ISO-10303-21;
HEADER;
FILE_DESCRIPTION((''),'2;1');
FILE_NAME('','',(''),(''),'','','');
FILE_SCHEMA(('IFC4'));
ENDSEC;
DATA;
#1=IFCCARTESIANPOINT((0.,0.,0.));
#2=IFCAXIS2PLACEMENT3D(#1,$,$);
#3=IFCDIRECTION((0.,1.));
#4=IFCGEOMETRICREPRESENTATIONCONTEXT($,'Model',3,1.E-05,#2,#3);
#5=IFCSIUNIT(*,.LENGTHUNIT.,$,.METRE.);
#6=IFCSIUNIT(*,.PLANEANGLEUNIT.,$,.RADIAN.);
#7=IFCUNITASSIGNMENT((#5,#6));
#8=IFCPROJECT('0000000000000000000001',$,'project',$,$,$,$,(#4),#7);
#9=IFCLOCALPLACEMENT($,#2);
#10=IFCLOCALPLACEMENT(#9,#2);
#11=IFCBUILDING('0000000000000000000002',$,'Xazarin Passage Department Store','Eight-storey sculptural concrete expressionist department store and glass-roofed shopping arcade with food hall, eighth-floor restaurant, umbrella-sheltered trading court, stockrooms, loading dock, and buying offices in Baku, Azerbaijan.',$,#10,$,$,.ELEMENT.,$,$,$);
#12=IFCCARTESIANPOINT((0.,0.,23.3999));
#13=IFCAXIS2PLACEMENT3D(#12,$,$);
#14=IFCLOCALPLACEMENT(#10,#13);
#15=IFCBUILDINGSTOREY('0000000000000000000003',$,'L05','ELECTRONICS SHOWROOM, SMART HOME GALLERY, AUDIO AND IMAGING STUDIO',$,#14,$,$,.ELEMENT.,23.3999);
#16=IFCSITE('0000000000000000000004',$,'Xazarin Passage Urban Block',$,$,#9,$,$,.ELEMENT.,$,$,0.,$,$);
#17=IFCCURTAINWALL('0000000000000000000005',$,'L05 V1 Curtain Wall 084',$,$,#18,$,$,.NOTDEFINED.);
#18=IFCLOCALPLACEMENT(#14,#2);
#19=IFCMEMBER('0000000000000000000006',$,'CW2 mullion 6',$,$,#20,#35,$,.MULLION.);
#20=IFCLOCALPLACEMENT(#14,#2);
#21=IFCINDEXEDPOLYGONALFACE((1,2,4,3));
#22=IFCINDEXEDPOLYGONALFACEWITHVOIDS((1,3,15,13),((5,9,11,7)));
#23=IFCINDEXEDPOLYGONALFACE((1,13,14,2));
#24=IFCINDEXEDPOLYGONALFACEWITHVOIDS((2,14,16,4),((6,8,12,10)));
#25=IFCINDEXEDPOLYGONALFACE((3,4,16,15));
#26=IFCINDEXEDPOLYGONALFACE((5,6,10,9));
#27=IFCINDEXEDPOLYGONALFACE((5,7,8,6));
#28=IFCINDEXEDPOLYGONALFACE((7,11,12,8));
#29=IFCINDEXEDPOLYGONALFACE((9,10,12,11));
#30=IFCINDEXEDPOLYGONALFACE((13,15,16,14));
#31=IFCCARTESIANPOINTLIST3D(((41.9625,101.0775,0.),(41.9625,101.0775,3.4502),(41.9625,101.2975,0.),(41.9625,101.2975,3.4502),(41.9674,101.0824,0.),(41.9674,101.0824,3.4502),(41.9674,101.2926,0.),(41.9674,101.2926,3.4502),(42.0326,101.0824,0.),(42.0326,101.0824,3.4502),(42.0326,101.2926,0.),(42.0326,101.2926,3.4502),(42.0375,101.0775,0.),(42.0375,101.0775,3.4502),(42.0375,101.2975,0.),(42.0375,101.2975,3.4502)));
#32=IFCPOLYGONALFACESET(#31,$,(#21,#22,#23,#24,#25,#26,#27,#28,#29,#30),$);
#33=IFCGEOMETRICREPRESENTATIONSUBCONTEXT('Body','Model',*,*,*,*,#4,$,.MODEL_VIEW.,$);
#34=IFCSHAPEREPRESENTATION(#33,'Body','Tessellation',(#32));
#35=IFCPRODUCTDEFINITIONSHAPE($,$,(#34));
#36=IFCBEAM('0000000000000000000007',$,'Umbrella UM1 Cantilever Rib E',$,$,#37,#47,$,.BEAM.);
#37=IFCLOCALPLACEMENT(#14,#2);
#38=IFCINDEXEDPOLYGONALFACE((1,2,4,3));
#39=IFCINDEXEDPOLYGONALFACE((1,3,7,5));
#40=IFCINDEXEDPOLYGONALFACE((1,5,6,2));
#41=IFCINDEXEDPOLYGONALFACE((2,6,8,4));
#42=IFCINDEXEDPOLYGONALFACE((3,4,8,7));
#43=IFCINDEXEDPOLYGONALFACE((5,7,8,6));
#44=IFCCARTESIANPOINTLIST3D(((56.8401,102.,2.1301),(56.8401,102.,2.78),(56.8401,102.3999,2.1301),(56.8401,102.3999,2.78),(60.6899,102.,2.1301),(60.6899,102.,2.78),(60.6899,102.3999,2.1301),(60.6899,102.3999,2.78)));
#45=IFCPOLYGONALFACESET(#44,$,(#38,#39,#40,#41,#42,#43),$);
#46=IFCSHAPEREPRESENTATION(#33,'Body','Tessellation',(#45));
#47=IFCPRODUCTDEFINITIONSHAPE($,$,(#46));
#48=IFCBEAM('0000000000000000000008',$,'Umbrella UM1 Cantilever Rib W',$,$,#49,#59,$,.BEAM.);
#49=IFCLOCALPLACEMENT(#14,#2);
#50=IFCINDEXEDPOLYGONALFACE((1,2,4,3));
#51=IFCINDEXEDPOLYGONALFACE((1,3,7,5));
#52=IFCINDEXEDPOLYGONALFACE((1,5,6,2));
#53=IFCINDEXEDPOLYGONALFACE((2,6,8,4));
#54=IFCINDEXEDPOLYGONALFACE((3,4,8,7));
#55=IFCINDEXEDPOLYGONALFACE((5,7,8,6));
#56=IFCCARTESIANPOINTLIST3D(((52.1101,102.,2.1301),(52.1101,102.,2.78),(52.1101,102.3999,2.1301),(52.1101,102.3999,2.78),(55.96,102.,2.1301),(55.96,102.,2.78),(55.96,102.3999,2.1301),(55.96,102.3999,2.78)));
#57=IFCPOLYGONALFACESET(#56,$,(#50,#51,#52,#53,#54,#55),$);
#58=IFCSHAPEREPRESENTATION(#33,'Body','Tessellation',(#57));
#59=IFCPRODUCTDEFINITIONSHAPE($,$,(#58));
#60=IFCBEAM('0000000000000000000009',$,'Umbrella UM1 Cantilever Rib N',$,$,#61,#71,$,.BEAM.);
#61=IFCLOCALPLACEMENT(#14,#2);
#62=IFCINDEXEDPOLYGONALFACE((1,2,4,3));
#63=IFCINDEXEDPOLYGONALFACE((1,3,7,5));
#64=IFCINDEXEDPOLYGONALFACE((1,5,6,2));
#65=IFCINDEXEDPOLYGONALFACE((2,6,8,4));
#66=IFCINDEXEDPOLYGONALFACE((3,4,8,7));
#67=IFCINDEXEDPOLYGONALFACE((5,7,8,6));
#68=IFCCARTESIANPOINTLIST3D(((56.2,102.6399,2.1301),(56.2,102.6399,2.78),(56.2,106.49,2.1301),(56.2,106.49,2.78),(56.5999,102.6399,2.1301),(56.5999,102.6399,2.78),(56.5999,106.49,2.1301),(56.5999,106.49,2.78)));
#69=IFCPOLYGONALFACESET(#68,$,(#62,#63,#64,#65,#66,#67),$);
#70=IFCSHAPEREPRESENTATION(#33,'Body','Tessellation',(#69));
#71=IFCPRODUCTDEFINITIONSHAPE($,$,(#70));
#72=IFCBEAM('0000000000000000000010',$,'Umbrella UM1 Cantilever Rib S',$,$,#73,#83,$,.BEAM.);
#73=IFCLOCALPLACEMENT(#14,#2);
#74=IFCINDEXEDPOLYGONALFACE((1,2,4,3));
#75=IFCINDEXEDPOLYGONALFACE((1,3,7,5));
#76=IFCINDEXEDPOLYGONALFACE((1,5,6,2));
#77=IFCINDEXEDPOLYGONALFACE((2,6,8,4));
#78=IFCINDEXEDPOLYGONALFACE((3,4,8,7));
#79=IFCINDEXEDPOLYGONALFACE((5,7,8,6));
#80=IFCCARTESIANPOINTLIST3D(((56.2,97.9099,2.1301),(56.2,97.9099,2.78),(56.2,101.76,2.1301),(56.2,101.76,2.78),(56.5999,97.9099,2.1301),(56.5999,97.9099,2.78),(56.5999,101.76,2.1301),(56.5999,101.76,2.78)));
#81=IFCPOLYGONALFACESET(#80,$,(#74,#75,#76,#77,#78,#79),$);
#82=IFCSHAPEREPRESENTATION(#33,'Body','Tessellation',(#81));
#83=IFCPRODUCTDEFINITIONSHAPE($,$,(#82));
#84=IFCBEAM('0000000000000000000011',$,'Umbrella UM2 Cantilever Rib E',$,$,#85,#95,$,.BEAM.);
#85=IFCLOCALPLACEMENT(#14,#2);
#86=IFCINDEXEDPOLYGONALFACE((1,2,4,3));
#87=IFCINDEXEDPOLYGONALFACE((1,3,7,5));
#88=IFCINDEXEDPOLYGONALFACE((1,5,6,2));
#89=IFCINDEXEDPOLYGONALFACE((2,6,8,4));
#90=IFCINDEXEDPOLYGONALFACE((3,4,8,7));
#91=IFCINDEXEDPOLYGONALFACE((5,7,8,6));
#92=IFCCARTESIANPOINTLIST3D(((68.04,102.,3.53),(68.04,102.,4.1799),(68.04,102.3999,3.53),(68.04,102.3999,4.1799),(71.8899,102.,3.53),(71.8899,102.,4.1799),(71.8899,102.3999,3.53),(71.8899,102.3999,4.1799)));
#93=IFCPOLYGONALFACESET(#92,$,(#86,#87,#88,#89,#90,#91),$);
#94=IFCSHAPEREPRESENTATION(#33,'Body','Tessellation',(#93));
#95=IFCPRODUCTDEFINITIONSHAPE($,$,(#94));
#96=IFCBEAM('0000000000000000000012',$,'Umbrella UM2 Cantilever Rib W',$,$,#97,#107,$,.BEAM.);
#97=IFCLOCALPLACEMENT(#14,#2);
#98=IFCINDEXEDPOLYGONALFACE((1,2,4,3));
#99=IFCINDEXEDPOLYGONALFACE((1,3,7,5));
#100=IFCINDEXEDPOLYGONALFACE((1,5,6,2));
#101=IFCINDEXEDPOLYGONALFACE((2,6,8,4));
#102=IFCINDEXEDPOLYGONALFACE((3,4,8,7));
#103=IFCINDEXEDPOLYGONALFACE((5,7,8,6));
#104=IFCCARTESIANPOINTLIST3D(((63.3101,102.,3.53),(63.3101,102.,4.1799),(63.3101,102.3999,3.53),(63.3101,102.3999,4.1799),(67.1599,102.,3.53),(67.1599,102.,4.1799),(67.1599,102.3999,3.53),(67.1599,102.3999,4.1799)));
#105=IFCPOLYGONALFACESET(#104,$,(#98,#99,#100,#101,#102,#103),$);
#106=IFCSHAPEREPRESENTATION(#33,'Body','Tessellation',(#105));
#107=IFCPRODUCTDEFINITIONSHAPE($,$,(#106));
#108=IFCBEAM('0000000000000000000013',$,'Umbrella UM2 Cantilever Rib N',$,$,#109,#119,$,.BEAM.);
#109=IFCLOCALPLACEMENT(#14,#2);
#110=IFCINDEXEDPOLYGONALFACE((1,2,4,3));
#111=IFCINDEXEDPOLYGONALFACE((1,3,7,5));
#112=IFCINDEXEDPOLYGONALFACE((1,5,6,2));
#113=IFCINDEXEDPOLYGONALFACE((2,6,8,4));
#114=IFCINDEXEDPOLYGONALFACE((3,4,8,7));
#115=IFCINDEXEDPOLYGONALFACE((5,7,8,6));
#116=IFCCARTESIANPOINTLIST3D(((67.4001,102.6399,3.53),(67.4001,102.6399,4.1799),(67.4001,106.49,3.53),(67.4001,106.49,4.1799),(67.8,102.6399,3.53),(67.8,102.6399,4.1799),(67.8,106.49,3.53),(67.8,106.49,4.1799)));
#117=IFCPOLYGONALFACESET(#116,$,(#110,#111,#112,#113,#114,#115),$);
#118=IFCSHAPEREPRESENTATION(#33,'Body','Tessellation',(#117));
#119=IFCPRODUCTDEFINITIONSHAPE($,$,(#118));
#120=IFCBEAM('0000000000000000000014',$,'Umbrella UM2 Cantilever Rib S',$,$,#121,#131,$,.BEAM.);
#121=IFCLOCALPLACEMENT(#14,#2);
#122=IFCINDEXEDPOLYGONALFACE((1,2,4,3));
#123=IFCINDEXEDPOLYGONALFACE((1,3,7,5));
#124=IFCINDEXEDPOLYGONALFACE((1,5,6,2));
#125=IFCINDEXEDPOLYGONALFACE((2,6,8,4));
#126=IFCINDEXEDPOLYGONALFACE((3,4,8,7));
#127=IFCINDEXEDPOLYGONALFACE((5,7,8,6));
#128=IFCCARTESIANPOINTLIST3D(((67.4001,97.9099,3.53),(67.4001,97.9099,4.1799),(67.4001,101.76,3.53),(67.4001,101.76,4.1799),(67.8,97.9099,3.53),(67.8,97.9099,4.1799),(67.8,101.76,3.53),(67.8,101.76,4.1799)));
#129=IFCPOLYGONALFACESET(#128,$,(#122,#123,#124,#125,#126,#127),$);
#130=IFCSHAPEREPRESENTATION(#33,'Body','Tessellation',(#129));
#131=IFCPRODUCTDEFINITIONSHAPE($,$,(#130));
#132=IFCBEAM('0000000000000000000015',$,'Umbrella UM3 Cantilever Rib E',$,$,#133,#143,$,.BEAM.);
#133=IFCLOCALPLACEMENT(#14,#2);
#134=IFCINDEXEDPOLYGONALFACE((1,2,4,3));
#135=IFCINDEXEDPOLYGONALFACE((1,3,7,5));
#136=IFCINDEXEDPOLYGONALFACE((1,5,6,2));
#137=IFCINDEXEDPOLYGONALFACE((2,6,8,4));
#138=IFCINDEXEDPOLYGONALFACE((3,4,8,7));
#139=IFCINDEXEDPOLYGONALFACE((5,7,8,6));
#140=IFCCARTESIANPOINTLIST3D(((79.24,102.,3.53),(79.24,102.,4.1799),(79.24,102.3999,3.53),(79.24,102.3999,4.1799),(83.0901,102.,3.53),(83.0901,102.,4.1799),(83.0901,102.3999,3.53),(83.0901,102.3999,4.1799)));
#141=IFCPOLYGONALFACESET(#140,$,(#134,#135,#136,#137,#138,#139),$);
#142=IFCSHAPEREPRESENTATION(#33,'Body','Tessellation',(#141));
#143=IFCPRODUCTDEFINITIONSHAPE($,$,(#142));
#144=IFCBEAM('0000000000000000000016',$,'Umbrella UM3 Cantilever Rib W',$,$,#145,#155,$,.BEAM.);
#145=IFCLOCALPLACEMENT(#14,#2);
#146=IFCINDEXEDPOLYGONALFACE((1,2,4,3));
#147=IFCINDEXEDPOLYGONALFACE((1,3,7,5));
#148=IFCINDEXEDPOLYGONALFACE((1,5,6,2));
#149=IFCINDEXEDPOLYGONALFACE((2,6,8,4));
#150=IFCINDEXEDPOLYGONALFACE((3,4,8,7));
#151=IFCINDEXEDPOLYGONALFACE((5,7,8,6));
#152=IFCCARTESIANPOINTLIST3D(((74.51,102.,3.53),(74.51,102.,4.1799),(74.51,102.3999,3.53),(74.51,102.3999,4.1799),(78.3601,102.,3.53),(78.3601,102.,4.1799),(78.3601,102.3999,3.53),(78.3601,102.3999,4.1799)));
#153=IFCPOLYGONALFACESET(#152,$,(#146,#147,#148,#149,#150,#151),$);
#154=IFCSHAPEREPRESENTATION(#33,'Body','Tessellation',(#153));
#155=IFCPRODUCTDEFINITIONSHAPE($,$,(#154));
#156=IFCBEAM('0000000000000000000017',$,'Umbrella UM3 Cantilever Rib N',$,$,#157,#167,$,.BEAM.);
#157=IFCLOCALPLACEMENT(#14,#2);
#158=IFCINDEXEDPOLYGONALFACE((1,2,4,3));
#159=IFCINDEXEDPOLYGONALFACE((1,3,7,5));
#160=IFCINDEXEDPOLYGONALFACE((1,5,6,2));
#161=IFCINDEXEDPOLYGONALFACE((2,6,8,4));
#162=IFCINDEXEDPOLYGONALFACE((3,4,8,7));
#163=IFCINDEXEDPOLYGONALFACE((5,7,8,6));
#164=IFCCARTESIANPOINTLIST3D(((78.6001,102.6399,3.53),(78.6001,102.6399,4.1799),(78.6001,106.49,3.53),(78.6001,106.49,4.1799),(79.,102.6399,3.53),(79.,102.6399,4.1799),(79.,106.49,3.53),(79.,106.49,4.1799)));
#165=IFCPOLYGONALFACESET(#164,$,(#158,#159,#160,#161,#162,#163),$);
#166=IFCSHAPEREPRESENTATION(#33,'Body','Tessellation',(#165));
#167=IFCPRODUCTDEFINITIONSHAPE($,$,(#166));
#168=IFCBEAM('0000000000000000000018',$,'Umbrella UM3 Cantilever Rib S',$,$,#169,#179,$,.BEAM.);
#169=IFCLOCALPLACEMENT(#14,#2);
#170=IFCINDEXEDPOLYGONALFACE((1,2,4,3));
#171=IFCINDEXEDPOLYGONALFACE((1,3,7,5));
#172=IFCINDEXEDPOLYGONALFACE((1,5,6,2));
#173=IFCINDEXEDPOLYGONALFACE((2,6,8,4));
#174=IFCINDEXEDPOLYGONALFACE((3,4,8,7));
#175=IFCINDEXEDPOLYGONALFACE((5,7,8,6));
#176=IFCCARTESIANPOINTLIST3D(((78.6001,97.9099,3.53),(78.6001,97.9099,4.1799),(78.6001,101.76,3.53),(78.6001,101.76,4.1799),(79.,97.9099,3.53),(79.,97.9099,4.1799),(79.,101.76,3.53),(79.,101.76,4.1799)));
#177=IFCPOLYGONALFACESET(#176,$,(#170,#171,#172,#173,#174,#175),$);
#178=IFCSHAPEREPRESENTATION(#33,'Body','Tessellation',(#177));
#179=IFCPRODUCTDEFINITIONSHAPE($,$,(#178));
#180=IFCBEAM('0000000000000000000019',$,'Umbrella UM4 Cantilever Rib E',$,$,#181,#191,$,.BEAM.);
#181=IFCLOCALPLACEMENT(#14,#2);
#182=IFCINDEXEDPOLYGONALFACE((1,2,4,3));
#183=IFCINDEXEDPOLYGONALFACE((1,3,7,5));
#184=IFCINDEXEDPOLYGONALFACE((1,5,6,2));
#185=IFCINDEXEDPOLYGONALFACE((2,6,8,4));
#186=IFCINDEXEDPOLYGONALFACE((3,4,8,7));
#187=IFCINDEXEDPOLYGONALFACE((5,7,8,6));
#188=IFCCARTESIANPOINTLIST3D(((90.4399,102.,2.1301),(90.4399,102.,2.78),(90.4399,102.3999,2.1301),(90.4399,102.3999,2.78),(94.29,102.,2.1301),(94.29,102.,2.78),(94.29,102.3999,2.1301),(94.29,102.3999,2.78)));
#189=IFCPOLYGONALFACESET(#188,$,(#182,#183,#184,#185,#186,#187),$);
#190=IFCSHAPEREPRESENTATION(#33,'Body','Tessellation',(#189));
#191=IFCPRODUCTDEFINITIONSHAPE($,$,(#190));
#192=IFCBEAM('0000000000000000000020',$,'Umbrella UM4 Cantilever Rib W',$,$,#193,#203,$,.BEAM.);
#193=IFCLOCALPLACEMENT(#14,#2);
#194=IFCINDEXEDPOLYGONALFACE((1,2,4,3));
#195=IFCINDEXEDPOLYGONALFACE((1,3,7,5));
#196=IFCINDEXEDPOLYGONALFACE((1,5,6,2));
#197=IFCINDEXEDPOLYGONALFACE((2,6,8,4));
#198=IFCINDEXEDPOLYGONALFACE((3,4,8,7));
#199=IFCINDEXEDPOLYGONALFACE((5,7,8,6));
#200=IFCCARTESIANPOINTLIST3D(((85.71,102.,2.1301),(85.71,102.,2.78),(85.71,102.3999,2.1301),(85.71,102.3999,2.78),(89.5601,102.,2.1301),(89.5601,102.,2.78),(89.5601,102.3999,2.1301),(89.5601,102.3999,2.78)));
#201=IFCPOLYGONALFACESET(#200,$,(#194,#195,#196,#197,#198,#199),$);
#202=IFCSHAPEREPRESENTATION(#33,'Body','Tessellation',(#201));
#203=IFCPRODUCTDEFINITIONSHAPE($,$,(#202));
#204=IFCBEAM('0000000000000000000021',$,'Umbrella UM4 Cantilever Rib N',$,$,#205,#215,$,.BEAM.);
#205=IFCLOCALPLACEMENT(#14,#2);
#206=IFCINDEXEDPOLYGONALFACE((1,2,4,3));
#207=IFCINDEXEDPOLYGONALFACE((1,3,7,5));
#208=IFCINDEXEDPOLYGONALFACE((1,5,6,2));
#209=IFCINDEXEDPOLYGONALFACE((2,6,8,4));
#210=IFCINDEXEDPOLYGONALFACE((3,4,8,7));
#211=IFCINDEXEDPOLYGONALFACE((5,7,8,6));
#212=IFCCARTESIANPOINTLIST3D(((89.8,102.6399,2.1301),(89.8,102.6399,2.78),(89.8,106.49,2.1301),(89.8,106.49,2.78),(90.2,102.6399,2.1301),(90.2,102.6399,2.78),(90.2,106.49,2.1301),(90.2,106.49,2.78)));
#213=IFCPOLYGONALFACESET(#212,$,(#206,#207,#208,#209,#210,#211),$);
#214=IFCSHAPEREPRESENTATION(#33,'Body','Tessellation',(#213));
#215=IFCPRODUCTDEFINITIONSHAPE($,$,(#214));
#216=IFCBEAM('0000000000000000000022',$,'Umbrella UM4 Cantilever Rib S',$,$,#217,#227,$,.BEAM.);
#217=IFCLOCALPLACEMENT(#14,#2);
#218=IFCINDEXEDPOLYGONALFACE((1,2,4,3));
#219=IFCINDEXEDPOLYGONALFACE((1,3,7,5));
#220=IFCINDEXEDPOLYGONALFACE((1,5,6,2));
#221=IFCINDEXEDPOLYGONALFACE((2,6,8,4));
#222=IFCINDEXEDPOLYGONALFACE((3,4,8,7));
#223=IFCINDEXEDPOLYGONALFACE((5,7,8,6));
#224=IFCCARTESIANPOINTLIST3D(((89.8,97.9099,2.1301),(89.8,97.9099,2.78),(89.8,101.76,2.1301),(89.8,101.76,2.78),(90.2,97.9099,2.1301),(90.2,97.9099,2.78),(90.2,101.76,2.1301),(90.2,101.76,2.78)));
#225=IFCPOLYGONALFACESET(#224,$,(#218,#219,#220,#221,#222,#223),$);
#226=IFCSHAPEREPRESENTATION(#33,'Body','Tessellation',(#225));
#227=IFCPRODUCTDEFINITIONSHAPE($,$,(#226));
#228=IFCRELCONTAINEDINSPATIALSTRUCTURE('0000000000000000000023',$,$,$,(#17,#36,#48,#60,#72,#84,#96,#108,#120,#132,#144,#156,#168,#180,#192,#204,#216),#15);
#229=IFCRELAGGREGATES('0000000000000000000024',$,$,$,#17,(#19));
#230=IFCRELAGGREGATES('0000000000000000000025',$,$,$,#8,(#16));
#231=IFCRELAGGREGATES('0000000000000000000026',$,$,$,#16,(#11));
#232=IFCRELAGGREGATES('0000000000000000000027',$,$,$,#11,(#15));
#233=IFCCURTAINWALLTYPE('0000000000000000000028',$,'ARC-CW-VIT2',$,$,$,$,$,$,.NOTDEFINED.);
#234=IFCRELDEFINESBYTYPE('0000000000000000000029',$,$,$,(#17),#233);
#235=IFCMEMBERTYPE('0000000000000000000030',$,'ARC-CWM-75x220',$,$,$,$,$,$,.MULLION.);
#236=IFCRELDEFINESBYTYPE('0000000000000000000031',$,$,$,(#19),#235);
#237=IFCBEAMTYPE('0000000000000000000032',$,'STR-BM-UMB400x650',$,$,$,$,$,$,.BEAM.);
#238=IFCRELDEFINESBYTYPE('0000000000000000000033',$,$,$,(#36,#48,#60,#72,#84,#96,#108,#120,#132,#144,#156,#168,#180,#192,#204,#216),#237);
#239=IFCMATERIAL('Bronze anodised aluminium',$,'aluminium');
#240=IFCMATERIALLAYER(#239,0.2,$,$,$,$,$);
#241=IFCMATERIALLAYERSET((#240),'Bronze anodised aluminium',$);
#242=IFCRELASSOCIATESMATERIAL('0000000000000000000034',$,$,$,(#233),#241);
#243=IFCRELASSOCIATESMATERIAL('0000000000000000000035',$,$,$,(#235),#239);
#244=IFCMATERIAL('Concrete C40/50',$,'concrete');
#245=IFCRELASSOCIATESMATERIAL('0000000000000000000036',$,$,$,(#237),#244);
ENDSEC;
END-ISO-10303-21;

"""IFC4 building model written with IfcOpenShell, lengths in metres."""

from ifc_helpers import new_model, si_unit, direction, frame, origin, origin_2d, place, context, subcontext, project, spatial, rectangle, hollow_rectangle, extrude, material, layer, layer_set, material_profile, profile_set, type_object, element, aggregate, save


model = new_model("IFC4")

# Units and contexts
model_context = context("Model", 3, precision=1e-05, world=origin(), true_north=direction((0.0, 1.0)))
body_context = subcontext(model_context, "Body", "Model", "MODEL_VIEW")
ifc_project = project(units=[si_unit("LENGTHUNIT", "METRE"), si_unit("PLANEANGLEUNIT", "RADIAN")], contexts=[model_context])

# Site, building, storey
site_placement = place(None, origin())
site = spatial("IfcSite", under=ifc_project, at=site_placement, Name="Xazarin Passage Urban Block", CompositionType="ELEMENT", RefElevation=0.0)
building_placement = place(site_placement, origin())
building = spatial("IfcBuilding", under=site, at=building_placement, Name="Xazarin Passage Department Store", Description="Eight-storey sculptural concrete expressionist department store and glass-roofed shopping arcade with food hall, eighth-floor restaurant, umbrella-sheltered trading court, stockrooms, loading dock, and buying offices in Baku, Azerbaijan.", CompositionType="ELEMENT")
storey_placement = place(building_placement, frame((0.0, 0.0, 23.3999)))
storey = spatial("IfcBuildingStorey", under=building, at=storey_placement, Name="L05", Description="ELECTRONICS SHOWROOM, SMART HOME GALLERY, AUDIO AND IMAGING STUDIO", CompositionType="ELEMENT", Elevation=23.3999)

# Curtain wall, member
ifc_material_1 = material(Name="Bronze anodised aluminium", Category="aluminium")
ifc_layer_1 = layer(ifc_material_1, 0.2)
ifc_layer_set_1 = layer_set([ifc_layer_1], Name="Bronze anodised aluminium")
curtain_wall_type = type_object("IfcCurtainWallType", Name="ARC-CW-VIT2", PredefinedType="NOTDEFINED", material=ifc_layer_set_1)
curtain_wall_placement = place(storey_placement, origin())
curtain_wall = element("IfcCurtainWall", 1, at=curtain_wall_placement, inside=storey, type_object=curtain_wall_type, Name="L05 V1 Curtain Wall 084", PredefinedType="NOTDEFINED")
ifc_material_profile_1 = material_profile(ifc_material_1, hollow_rectangle(XDim=0.075, YDim=0.22, WallThickness=0.0049, at=origin_2d()), Name="ALU 75x220")
ifc_profile_set_1 = profile_set([ifc_material_profile_1], Name="Bronze anodised aluminium")
member_type = type_object("IfcMemberType", Name="ARC-CWM-75x220", PredefinedType="MULLION", material=ifc_profile_set_1)
member_placement = place(storey_placement, frame((42.0, 101.1875, 0.0), z_axis=(0.0, 0.0, 1.0), x_axis=(-1.0, 0.0, 0.0)))
member = element("IfcMember", 2, at=member_placement, type_object=member_type, Name="CW2 mullion 6", PredefinedType="MULLION", context=body_context, shape_type="SweptSolid", body=[
    extrude(hollow_rectangle(XDim=0.075, YDim=0.22, WallThickness=0.0049, at=origin_2d()), origin(), (0.0, 0.0, 1.0), 3.4502),
])

# Beams
ifc_material_2 = material(Name="Concrete C40/50", Category="concrete")
ifc_material_profile_2 = material_profile(ifc_material_2, rectangle(XDim=0.3999, YDim=0.6499, at=origin_2d()), Name="RC 400x650")
ifc_profile_set_2 = profile_set([ifc_material_profile_2], Name="Concrete C40/50")
beam_type = type_object("IfcBeamType", Name="STR-BM-UMB400x650", PredefinedType="BEAM", material=ifc_profile_set_2)
for number, where, z_axis, x_axis, name in (
    (3, (56.8401, 102.2, 2.4551), (1.0, 0.0, 0.0), (0.0, 1.0, 0.0), "Umbrella UM1 Cantilever Rib E"),
    (4, (55.96, 102.2, 2.4551), (-1.0, 0.0, 0.0), (0.0, -1.0, 0.0), "Umbrella UM1 Cantilever Rib W"),
):
    element("IfcBeam", number, at=place(storey_placement, frame(where, z_axis=z_axis, x_axis=x_axis)), inside=storey, type_object=beam_type, Name=name, PredefinedType="BEAM", context=body_context, shape_type="SweptSolid", body=[
        extrude(rectangle(XDim=0.3999, YDim=0.6499, at=origin_2d()), origin(), (0.0, 0.0, 1.0), 3.8499),
    ])
for number, where, z_axis, x_axis, name in (
    (5, (56.3999, 102.6399, 2.4551), (0.0, 1.0, 0.0), (-1.0, 0.0, 0.0), "Umbrella UM1 Cantilever Rib N"),
    (6, (56.3999, 101.76, 2.4551), (0.0, -1.0, 0.0), (1.0, 0.0, 0.0), "Umbrella UM1 Cantilever Rib S"),
):
    element("IfcBeam", number, at=place(storey_placement, frame(where, z_axis=z_axis, x_axis=x_axis)), inside=storey, type_object=beam_type, Name=name, PredefinedType="BEAM", context=body_context, shape_type="SweptSolid", body=[
        extrude(rectangle(XDim=0.3999, YDim=0.6499, at=origin_2d()), origin(), (0.0, 0.0, 1.0), 3.8501),
    ])
for number, where, z_axis, x_axis, name in (
    (7, (68.04, 102.2, 3.855), (1.0, 0.0, 0.0), (0.0, 1.0, 0.0), "Umbrella UM2 Cantilever Rib E"),
    (8, (67.1599, 102.2, 3.855), (-1.0, 0.0, 0.0), (0.0, -1.0, 0.0), "Umbrella UM2 Cantilever Rib W"),
):
    element("IfcBeam", number, at=place(storey_placement, frame(where, z_axis=z_axis, x_axis=x_axis)), inside=storey, type_object=beam_type, Name=name, PredefinedType="BEAM", context=body_context, shape_type="SweptSolid", body=[
        extrude(rectangle(XDim=0.3999, YDim=0.6499, at=origin_2d()), origin(), (0.0, 0.0, 1.0), 3.8499),
    ])
for number, where, z_axis, x_axis, name in (
    (9, (67.6001, 102.6399, 3.855), (0.0, 1.0, 0.0), (-1.0, 0.0, 0.0), "Umbrella UM2 Cantilever Rib N"),
    (10, (67.6001, 101.76, 3.855), (0.0, -1.0, 0.0), (1.0, 0.0, 0.0), "Umbrella UM2 Cantilever Rib S"),
    (11, (79.24, 102.2, 3.855), (1.0, 0.0, 0.0), (0.0, 1.0, 0.0), "Umbrella UM3 Cantilever Rib E"),
    (12, (78.3601, 102.2, 3.855), (-1.0, 0.0, 0.0), (0.0, -1.0, 0.0), "Umbrella UM3 Cantilever Rib W"),
    (13, (78.8, 102.6399, 3.855), (0.0, 1.0, 0.0), (-1.0, 0.0, 0.0), "Umbrella UM3 Cantilever Rib N"),
    (14, (78.8, 101.76, 3.855), (0.0, -1.0, 0.0), (1.0, 0.0, 0.0), "Umbrella UM3 Cantilever Rib S"),
    (15, (90.4399, 102.2, 2.4551), (1.0, 0.0, 0.0), (0.0, 1.0, 0.0), "Umbrella UM4 Cantilever Rib E"),
    (16, (89.5601, 102.2, 2.4551), (-1.0, 0.0, 0.0), (0.0, -1.0, 0.0), "Umbrella UM4 Cantilever Rib W"),
    (17, (90.0, 102.6399, 2.4551), (0.0, 1.0, 0.0), (-1.0, 0.0, 0.0), "Umbrella UM4 Cantilever Rib N"),
    (18, (90.0, 101.76, 2.4551), (0.0, -1.0, 0.0), (1.0, 0.0, 0.0), "Umbrella UM4 Cantilever Rib S"),
):
    element("IfcBeam", number, at=place(storey_placement, frame(where, z_axis=z_axis, x_axis=x_axis)), inside=storey, type_object=beam_type, Name=name, PredefinedType="BEAM", context=body_context, shape_type="SweptSolid", body=[
        extrude(rectangle(XDim=0.3999, YDim=0.6499, at=origin_2d()), origin(), (0.0, 0.0, 1.0), 3.8501),
    ])

aggregate(curtain_wall, [member])

save(model, "model.ifc")
